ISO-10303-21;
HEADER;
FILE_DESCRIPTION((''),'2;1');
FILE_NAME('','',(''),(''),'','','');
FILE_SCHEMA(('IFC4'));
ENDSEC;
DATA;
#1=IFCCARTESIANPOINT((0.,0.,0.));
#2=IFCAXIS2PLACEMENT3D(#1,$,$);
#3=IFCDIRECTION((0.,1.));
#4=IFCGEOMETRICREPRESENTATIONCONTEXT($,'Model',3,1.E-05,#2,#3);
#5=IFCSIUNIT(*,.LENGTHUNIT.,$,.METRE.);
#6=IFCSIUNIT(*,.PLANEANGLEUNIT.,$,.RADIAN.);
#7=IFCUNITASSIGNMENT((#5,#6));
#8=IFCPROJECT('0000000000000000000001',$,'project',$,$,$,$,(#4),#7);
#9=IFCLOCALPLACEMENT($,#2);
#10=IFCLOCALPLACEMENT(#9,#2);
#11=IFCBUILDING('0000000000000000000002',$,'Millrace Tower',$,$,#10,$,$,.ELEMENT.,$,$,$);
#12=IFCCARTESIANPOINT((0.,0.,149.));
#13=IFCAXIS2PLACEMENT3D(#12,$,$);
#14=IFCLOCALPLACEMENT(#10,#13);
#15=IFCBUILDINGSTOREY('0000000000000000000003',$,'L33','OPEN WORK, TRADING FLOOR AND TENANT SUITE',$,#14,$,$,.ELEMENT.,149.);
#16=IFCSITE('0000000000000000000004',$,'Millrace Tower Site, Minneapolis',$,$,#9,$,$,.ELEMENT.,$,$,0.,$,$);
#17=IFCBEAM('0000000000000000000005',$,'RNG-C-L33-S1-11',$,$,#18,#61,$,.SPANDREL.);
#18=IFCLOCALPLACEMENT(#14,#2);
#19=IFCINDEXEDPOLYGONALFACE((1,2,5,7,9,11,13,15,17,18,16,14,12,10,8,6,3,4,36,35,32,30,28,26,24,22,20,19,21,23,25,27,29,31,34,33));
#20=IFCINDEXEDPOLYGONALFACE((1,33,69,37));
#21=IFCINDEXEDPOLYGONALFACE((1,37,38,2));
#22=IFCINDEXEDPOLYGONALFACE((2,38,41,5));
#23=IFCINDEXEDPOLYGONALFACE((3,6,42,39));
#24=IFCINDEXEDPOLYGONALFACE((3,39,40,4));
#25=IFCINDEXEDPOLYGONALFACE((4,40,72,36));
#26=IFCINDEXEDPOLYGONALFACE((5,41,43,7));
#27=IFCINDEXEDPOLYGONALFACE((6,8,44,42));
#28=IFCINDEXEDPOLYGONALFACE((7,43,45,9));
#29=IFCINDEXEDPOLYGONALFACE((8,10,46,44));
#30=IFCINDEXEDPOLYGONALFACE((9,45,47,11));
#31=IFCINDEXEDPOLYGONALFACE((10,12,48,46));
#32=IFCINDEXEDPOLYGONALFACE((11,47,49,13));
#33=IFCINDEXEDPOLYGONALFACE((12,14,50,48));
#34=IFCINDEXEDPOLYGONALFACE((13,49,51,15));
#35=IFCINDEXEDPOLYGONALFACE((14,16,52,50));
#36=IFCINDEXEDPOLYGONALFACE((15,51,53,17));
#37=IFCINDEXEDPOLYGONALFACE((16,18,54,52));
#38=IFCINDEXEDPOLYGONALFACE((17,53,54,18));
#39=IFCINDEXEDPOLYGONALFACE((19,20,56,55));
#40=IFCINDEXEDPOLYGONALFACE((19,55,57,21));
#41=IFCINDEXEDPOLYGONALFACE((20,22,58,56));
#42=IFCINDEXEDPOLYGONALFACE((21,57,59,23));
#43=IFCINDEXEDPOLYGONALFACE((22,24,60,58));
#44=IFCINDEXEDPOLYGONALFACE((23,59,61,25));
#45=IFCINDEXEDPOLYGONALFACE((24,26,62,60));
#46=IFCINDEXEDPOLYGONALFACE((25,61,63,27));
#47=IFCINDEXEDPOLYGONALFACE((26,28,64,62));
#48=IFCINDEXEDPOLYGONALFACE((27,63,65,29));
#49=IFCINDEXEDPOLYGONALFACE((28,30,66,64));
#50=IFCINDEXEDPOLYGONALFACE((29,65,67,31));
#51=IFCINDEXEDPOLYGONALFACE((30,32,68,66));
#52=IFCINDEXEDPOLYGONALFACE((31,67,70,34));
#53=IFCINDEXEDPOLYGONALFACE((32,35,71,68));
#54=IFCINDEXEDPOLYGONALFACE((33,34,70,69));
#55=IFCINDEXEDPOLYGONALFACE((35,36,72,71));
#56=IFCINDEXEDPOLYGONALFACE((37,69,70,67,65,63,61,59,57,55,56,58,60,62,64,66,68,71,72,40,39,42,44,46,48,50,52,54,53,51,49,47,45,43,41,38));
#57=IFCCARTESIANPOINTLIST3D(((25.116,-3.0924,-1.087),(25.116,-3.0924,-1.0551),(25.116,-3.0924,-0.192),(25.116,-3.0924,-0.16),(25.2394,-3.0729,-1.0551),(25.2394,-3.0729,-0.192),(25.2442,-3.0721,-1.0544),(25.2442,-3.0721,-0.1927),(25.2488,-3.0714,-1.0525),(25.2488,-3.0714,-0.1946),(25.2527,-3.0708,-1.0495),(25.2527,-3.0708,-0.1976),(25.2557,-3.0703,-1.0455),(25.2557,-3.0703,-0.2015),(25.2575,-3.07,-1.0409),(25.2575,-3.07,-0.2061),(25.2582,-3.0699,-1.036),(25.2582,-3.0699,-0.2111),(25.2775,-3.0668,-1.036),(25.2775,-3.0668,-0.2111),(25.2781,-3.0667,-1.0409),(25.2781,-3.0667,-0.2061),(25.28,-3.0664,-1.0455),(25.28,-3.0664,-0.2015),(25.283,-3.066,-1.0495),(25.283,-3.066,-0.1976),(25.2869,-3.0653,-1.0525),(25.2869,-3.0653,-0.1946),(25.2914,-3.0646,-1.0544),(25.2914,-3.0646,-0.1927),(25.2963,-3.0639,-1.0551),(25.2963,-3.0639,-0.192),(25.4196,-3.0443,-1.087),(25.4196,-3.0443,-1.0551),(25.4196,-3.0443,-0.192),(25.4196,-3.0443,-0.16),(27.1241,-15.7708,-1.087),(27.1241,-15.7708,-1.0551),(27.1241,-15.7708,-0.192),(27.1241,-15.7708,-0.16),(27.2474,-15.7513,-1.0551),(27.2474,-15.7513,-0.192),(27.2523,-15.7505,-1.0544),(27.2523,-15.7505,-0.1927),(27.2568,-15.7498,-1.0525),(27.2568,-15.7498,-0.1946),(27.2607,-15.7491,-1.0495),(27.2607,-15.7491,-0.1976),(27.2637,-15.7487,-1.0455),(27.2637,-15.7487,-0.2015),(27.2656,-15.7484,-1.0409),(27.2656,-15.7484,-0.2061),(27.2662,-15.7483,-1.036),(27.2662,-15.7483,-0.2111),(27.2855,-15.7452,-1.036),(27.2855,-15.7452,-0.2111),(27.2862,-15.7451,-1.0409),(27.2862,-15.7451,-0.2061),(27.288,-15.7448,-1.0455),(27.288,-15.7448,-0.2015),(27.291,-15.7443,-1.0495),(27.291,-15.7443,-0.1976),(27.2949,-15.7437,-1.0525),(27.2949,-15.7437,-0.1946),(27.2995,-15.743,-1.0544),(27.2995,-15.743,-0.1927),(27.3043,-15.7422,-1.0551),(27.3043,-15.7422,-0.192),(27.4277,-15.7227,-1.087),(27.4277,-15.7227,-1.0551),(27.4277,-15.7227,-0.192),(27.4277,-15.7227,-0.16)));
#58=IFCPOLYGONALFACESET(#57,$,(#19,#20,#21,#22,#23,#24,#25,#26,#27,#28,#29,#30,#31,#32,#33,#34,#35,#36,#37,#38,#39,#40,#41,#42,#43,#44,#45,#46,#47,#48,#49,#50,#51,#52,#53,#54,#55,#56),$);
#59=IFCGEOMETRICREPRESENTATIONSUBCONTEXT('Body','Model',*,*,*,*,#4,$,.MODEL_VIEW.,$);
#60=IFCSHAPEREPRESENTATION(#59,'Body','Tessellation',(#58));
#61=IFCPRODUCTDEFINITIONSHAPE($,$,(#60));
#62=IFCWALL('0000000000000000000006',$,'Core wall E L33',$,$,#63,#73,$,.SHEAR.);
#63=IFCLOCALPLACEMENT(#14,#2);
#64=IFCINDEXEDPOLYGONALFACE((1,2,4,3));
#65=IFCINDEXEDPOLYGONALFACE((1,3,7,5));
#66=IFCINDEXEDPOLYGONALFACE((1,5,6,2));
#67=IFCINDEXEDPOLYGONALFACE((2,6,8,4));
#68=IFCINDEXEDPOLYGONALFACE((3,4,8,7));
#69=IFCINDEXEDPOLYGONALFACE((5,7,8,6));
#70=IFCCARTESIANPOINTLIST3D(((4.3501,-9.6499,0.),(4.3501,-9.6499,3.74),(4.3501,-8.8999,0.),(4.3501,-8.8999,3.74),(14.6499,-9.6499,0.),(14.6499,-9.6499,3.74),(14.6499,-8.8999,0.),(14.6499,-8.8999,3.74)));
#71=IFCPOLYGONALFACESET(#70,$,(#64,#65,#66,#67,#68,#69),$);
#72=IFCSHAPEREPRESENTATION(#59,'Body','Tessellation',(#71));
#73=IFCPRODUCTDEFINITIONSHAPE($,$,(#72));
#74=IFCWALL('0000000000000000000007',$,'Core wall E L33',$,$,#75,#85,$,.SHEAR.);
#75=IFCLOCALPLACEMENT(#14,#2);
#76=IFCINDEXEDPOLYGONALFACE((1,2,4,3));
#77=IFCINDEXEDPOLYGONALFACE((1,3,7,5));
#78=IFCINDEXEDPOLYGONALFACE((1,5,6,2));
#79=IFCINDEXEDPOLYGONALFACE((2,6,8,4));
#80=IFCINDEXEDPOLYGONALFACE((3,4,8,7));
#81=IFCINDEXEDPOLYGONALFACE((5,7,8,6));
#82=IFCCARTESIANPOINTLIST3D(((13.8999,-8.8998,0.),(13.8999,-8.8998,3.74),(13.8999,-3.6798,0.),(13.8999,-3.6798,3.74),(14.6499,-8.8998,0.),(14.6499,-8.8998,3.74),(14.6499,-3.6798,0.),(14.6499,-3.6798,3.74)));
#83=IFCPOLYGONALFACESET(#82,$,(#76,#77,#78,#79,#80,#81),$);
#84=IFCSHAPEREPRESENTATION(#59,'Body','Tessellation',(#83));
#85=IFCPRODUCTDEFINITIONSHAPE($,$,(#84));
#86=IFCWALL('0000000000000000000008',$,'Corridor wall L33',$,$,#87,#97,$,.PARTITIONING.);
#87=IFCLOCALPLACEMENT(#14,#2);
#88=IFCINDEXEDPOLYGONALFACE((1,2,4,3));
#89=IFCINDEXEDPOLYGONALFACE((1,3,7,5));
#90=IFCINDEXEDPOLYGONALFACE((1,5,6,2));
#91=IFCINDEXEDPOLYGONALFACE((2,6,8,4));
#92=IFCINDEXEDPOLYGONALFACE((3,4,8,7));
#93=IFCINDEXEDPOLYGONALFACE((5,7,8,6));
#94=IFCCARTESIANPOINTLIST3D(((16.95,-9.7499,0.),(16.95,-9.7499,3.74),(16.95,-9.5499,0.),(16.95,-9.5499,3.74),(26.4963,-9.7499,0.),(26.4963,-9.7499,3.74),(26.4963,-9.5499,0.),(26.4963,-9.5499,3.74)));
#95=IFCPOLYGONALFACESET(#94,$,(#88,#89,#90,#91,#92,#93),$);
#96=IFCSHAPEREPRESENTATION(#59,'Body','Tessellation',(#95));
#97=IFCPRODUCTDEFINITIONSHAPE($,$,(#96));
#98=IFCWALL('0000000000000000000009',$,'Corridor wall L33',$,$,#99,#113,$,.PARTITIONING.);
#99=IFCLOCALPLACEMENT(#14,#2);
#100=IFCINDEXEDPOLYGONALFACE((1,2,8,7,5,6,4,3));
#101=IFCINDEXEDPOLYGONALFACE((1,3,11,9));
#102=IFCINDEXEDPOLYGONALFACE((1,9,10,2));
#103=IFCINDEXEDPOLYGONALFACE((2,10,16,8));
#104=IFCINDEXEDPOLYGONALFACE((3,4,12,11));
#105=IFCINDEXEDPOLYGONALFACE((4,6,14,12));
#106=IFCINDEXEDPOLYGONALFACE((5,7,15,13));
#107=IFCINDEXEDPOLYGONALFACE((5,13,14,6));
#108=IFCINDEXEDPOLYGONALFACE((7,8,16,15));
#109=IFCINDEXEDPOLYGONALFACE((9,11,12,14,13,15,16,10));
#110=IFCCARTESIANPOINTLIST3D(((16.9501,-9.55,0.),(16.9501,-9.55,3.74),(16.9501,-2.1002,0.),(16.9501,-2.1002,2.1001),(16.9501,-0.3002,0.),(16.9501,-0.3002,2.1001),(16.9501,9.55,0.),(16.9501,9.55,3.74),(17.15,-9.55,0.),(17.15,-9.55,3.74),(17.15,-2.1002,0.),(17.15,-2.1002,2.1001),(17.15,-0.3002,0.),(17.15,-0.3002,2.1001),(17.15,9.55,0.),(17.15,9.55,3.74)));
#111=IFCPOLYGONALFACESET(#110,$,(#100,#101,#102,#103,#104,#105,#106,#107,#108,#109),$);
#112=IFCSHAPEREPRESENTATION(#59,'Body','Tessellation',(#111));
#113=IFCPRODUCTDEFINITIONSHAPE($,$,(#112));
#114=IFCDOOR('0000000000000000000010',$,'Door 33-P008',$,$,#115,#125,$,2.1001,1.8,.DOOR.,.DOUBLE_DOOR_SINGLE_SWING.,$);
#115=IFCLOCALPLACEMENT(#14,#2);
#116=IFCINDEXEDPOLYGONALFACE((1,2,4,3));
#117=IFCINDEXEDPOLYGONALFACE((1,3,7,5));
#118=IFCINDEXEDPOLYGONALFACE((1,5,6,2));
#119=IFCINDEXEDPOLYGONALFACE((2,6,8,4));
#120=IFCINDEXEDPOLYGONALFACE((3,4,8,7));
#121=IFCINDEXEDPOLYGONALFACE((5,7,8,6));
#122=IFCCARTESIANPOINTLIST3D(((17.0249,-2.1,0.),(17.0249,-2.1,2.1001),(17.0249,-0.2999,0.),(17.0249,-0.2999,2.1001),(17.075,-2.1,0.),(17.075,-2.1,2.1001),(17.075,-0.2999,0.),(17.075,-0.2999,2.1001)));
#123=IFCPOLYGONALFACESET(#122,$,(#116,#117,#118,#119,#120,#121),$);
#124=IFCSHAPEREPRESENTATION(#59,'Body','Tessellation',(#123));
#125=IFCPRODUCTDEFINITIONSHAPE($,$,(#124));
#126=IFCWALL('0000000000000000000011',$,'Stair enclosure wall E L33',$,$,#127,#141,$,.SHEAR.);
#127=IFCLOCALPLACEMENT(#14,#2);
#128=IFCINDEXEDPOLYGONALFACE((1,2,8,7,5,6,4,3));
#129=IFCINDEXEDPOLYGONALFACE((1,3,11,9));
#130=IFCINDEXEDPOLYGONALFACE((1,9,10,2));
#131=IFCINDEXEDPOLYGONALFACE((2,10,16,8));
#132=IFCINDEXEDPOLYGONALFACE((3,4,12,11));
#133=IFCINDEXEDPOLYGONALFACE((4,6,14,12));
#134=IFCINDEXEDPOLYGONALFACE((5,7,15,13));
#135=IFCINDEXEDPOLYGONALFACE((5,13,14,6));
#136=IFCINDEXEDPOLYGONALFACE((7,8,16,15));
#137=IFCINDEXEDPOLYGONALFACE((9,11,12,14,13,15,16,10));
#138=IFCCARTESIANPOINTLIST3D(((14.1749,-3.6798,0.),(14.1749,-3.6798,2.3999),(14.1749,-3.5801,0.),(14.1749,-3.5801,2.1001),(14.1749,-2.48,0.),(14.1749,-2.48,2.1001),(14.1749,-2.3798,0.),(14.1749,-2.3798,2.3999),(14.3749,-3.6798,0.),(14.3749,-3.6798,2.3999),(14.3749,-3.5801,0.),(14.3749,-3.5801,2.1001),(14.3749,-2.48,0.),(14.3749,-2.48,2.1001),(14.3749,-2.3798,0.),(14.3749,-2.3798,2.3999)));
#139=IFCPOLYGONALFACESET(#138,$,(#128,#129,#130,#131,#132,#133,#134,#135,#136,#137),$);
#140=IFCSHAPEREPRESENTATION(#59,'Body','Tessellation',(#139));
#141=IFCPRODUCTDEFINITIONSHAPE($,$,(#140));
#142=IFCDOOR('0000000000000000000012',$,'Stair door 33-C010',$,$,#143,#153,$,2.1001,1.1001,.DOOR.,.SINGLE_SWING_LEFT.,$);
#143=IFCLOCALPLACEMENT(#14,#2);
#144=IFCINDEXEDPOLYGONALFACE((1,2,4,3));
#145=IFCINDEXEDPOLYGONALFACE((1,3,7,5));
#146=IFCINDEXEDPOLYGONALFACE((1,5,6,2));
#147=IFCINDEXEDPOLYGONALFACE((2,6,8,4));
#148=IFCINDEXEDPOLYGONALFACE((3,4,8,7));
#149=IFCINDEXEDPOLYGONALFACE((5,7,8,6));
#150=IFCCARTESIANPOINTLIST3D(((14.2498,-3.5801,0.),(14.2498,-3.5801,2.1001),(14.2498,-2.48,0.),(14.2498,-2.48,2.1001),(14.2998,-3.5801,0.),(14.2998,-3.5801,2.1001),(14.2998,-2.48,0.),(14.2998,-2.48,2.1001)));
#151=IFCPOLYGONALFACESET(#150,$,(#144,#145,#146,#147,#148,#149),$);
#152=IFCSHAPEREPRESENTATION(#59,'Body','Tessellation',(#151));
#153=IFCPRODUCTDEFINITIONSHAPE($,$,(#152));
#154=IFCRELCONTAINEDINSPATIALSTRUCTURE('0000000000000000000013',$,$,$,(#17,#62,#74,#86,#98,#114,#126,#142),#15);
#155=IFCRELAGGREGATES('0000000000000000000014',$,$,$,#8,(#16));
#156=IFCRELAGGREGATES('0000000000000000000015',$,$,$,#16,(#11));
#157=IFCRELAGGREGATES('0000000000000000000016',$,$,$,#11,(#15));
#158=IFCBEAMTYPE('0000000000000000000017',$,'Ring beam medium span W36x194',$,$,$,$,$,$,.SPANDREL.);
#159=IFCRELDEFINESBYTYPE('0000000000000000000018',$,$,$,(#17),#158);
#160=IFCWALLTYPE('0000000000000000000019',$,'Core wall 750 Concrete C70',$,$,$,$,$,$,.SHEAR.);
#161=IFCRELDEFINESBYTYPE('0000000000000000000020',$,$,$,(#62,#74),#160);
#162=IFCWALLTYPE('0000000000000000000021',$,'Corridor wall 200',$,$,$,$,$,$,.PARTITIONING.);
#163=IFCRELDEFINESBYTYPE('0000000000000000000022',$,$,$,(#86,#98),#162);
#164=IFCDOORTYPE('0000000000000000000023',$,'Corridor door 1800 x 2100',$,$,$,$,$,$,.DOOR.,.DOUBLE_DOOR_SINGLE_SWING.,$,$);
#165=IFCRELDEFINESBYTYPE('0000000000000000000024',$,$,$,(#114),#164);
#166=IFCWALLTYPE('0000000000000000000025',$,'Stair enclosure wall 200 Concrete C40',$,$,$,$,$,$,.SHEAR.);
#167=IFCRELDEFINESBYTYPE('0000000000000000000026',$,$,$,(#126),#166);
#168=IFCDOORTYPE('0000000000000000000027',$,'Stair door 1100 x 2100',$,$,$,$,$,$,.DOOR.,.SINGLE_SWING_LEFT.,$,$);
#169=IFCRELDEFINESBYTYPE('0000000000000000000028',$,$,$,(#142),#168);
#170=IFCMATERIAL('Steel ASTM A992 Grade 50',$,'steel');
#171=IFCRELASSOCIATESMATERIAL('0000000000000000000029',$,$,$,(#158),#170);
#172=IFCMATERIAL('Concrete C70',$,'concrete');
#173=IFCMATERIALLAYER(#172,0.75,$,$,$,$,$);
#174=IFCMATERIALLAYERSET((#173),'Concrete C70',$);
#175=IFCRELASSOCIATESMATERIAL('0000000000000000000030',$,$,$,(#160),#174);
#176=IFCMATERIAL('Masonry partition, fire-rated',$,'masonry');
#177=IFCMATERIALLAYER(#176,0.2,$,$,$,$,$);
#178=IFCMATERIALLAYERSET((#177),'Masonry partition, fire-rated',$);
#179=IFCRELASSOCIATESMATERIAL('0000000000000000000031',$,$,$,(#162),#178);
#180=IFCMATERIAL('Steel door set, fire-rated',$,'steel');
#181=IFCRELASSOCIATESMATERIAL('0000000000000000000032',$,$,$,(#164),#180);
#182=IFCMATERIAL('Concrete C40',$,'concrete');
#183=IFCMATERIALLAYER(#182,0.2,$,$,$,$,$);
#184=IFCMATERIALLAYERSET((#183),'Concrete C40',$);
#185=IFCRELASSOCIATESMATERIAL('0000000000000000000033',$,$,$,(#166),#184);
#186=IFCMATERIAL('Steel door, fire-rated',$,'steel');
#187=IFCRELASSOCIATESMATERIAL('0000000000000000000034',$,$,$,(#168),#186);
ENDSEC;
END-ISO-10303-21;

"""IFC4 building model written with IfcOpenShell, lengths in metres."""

from ifc_helpers import new_model, si_unit, direction, frame, frame_2d, origin, origin_2d, place, context, subcontext, project, spatial, rectangle, i_section, extrude, material, layer, layer_set, material_profile, profile_set, type_object, element, fill, save


model = new_model("IFC4")

# Units and contexts
model_context = context("Model", 3, precision=1e-05, world=origin(), true_north=direction((0.0, 1.0)))
body_context = subcontext(model_context, "Body", "Model", "MODEL_VIEW")
ifc_project = project(units=[si_unit("LENGTHUNIT", "METRE"), si_unit("PLANEANGLEUNIT", "RADIAN")], contexts=[model_context])

# Site, building, storey
site_placement = place(None, origin())
site = spatial("IfcSite", under=ifc_project, at=site_placement, Name="Millrace Tower Site, Minneapolis", CompositionType="ELEMENT", RefElevation=0.0)
building_placement = place(site_placement, origin())
building = spatial("IfcBuilding", under=site, at=building_placement, Name="Millrace Tower", CompositionType="ELEMENT")
storey_placement = place(building_placement, frame((0.0, 0.0, 149.0)))
storey = spatial("IfcBuildingStorey", under=building, at=storey_placement, Name="L33", Description="OPEN WORK, TRADING FLOOR AND TENANT SUITE", CompositionType="ELEMENT", Elevation=149.0)

# Beam
ifc_material_1 = material(Name="Steel ASTM A992 Grade 50", Category="steel")
ifc_material_profile_1 = material_profile(ifc_material_1, i_section(OverallWidth=0.3074, OverallDepth=0.927, WebThickness=0.0195, FlangeThickness=0.032, FilletRadius=0.019, at=origin_2d()))
ifc_profile_set_1 = profile_set([ifc_material_profile_1], Name="Steel ASTM A992 Grade 50")
beam_type_1 = type_object("IfcBeamType", Name="Ring beam medium span W36x194", PredefinedType="SPANDREL", material=ifc_profile_set_1)
beam_1_placement = place(storey_placement, frame((25.2678, -3.0684, -0.6235), z_axis=(0.156433, -0.987689, 0.0), x_axis=(0.987689, 0.156433, 0.0)))
element("IfcBeam", 1, at=beam_1_placement, inside=storey, type_object=beam_type_1, Name="RNG-C-L33-S1-11", PredefinedType="SPANDREL", context=body_context, shape_type="SweptSolid", body=[
    extrude(i_section(OverallWidth=0.3074, OverallDepth=0.927, WebThickness=0.0195, FlangeThickness=0.032, FilletRadius=0.019, at=origin_2d()), origin(), (0.0, 0.0, 1.0), 12.8364),
])

# Walls
ifc_material_2 = material(Name="Concrete C70", Category="concrete")
ifc_layer_1 = layer(ifc_material_2, 0.75)
ifc_layer_set_1 = layer_set([ifc_layer_1], Name="Concrete C70")
wall_type_1 = type_object("IfcWallType", Name="Core wall 750 Concrete C70", PredefinedType="SHEAR", material=ifc_layer_set_1)
wall_1_placement = place(storey_placement, frame((14.6499, -9.2749, 0.0), z_axis=(0.0, 0.0, 1.0), x_axis=(-1.0, 0.0, 0.0)))
element("IfcWall", 2, at=wall_1_placement, inside=storey, type_object=wall_type_1, Name="Core wall E L33", PredefinedType="SHEAR", context=body_context, shape_type="SweptSolid", body=[
    extrude(rectangle(XDim=10.2998, YDim=0.75, at=frame_2d((5.1499, 0.0))), origin(), (0.0, 0.0, 1.0), 3.74),
])
wall_2_placement = place(storey_placement, frame((14.2749, -3.6799, 0.0), z_axis=(0.0, 0.0, 1.0), x_axis=(0.0, -1.0, 0.0)))
element("IfcWall", 3, at=wall_2_placement, inside=storey, type_object=wall_type_1, Name="Core wall E L33", PredefinedType="SHEAR", context=body_context, shape_type="SweptSolid", body=[
    extrude(rectangle(XDim=5.22, YDim=0.75, at=frame_2d((2.6099, 0.0))), origin(), (0.0, 0.0, 1.0), 3.74),
])
ifc_material_3 = material(Name="Masonry partition, fire-rated", Category="masonry")
ifc_layer_2 = layer(ifc_material_3, 0.2)
ifc_layer_set_2 = layer_set([ifc_layer_2], Name="Masonry partition, fire-rated")
wall_type_2 = type_object("IfcWallType", Name="Corridor wall 200", PredefinedType="PARTITIONING", material=ifc_layer_set_2)
wall_3_placement = place(storey_placement, frame((16.95, -9.6499, 0.0), z_axis=(0.0, 0.0, 1.0), x_axis=(1.0, 0.0, 0.0)))
element("IfcWall", 4, at=wall_3_placement, inside=storey, type_object=wall_type_2, Name="Corridor wall L33", PredefinedType="PARTITIONING", context=body_context, shape_type="SweptSolid", body=[
    extrude(rectangle(XDim=9.5464, YDim=0.2, at=frame_2d((4.7732, 0.0))), origin(), (0.0, 0.0, 1.0), 3.74),
])

# Walls, openings, doors
wall_4_placement = place(storey_placement, frame((17.05, -9.55, 0.0), z_axis=(0.0, 0.0, 1.0), x_axis=(0.0, 1.0, 0.0)))
wall_4 = element("IfcWall", 5, at=wall_4_placement, inside=storey, type_object=wall_type_2, Name="Corridor wall L33", PredefinedType="PARTITIONING", context=body_context, shape_type="SweptSolid", body=[
    extrude(rectangle(XDim=19.1001, YDim=0.2, at=frame_2d((9.55, 0.0))), origin(), (0.0, 0.0, 1.0), 3.74),
])
opening_1_placement = place(wall_4_placement, frame((7.45, 0.0, 0.0)))
opening_1 = element("IfcOpeningElement", 6, at=opening_1_placement, cuts=wall_4, PredefinedType="OPENING", context=body_context, shape_type="SweptSolid", body=[
    extrude(rectangle(XDim=1.8, YDim=2.1001, at=frame_2d((0.8999, 1.05))), frame((0.0, 0.1099, 0.0), z_axis=(0.0, -1.0, 0.0), x_axis=(1.0, 0.0, 0.0)), (0.0, 0.0, 1.0), 0.22),
])
ifc_material_4 = material(Name="Steel door set, fire-rated", Category="steel")
door_type_1 = type_object("IfcDoorType", Name="Corridor door 1800 x 2100", OperationType="DOUBLE_DOOR_SINGLE_SWING", PredefinedType="DOOR", material=ifc_material_4)
door_1_placement = place(opening_1_placement, frame((1.8, 0.0, 0.0), z_axis=(0.0, 0.0, 1.0), x_axis=(-1.0, 0.0, 0.0)))
door_1 = element("IfcDoor", 7, at=door_1_placement, inside=storey, type_object=door_type_1, Name="Door 33-P008", OperationType="DOUBLE_DOOR_SINGLE_SWING", OverallHeight=2.1001, OverallWidth=1.8, PredefinedType="DOOR", context=body_context, shape_type="SweptSolid", body=[
    extrude(rectangle(XDim=1.8, YDim=2.1001, at=frame_2d((0.8999, 1.05))), frame((0.0, 0.0249, 0.0), z_axis=(0.0, -1.0, 0.0), x_axis=(1.0, 0.0, 0.0)), (0.0, 0.0, 1.0), 0.05),
])
fill(opening_1, door_1)
ifc_material_5 = material(Name="Concrete C40", Category="concrete")
ifc_layer_3 = layer(ifc_material_5, 0.2)
ifc_layer_set_3 = layer_set([ifc_layer_3], Name="Concrete C40")
wall_type_3 = type_object("IfcWallType", Name="Stair enclosure wall 200 Concrete C40", PredefinedType="SHEAR", material=ifc_layer_set_3)
wall_5_placement = place(storey_placement, frame((14.2749, -2.3799, 0.0), z_axis=(0.0, 0.0, 1.0), x_axis=(0.0, -1.0, 0.0)))
wall_5 = element("IfcWall", 8, at=wall_5_placement, inside=storey, type_object=wall_type_3, Name="Stair enclosure wall E L33", PredefinedType="SHEAR", context=body_context, shape_type="SweptSolid", body=[
    extrude(rectangle(XDim=1.3, YDim=0.2, at=frame_2d((0.6499, 0.0))), origin(), (0.0, 0.0, 1.0), 2.3999),
])
opening_2_placement = place(wall_5_placement, frame((0.1001, 0.0, 0.0)))
opening_2 = element("IfcOpeningElement", 9, at=opening_2_placement, cuts=wall_5, PredefinedType="OPENING", context=body_context, shape_type="SweptSolid", body=[
    extrude(rectangle(XDim=1.1001, YDim=2.1001, at=frame_2d((0.55, 1.05))), frame((0.0, 0.1099, 0.0), z_axis=(0.0, -1.0, 0.0), x_axis=(1.0, 0.0, 0.0)), (0.0, 0.0, 1.0), 0.22),
])
ifc_material_6 = material(Name="Steel door, fire-rated", Category="steel")
door_type_2 = type_object("IfcDoorType", Name="Stair door 1100 x 2100", OperationType="SINGLE_SWING_LEFT", PredefinedType="DOOR", material=ifc_material_6)
door_2_placement = place(opening_2_placement, origin())
door_2 = element("IfcDoor", 10, at=door_2_placement, inside=storey, type_object=door_type_2, Name="Stair door 33-C010", OperationType="SINGLE_SWING_LEFT", OverallHeight=2.1001, OverallWidth=1.1001, PredefinedType="DOOR", context=body_context, shape_type="SweptSolid", body=[
    extrude(rectangle(XDim=1.1001, YDim=2.1001, at=frame_2d((0.55, 1.05))), frame((0.0, 0.0249, 0.0), z_axis=(0.0, -1.0, 0.0), x_axis=(1.0, 0.0, 0.0)), (0.0, 0.0, 1.0), 0.05),
])
fill(opening_2, door_2)

save(model, "model.ifc")
